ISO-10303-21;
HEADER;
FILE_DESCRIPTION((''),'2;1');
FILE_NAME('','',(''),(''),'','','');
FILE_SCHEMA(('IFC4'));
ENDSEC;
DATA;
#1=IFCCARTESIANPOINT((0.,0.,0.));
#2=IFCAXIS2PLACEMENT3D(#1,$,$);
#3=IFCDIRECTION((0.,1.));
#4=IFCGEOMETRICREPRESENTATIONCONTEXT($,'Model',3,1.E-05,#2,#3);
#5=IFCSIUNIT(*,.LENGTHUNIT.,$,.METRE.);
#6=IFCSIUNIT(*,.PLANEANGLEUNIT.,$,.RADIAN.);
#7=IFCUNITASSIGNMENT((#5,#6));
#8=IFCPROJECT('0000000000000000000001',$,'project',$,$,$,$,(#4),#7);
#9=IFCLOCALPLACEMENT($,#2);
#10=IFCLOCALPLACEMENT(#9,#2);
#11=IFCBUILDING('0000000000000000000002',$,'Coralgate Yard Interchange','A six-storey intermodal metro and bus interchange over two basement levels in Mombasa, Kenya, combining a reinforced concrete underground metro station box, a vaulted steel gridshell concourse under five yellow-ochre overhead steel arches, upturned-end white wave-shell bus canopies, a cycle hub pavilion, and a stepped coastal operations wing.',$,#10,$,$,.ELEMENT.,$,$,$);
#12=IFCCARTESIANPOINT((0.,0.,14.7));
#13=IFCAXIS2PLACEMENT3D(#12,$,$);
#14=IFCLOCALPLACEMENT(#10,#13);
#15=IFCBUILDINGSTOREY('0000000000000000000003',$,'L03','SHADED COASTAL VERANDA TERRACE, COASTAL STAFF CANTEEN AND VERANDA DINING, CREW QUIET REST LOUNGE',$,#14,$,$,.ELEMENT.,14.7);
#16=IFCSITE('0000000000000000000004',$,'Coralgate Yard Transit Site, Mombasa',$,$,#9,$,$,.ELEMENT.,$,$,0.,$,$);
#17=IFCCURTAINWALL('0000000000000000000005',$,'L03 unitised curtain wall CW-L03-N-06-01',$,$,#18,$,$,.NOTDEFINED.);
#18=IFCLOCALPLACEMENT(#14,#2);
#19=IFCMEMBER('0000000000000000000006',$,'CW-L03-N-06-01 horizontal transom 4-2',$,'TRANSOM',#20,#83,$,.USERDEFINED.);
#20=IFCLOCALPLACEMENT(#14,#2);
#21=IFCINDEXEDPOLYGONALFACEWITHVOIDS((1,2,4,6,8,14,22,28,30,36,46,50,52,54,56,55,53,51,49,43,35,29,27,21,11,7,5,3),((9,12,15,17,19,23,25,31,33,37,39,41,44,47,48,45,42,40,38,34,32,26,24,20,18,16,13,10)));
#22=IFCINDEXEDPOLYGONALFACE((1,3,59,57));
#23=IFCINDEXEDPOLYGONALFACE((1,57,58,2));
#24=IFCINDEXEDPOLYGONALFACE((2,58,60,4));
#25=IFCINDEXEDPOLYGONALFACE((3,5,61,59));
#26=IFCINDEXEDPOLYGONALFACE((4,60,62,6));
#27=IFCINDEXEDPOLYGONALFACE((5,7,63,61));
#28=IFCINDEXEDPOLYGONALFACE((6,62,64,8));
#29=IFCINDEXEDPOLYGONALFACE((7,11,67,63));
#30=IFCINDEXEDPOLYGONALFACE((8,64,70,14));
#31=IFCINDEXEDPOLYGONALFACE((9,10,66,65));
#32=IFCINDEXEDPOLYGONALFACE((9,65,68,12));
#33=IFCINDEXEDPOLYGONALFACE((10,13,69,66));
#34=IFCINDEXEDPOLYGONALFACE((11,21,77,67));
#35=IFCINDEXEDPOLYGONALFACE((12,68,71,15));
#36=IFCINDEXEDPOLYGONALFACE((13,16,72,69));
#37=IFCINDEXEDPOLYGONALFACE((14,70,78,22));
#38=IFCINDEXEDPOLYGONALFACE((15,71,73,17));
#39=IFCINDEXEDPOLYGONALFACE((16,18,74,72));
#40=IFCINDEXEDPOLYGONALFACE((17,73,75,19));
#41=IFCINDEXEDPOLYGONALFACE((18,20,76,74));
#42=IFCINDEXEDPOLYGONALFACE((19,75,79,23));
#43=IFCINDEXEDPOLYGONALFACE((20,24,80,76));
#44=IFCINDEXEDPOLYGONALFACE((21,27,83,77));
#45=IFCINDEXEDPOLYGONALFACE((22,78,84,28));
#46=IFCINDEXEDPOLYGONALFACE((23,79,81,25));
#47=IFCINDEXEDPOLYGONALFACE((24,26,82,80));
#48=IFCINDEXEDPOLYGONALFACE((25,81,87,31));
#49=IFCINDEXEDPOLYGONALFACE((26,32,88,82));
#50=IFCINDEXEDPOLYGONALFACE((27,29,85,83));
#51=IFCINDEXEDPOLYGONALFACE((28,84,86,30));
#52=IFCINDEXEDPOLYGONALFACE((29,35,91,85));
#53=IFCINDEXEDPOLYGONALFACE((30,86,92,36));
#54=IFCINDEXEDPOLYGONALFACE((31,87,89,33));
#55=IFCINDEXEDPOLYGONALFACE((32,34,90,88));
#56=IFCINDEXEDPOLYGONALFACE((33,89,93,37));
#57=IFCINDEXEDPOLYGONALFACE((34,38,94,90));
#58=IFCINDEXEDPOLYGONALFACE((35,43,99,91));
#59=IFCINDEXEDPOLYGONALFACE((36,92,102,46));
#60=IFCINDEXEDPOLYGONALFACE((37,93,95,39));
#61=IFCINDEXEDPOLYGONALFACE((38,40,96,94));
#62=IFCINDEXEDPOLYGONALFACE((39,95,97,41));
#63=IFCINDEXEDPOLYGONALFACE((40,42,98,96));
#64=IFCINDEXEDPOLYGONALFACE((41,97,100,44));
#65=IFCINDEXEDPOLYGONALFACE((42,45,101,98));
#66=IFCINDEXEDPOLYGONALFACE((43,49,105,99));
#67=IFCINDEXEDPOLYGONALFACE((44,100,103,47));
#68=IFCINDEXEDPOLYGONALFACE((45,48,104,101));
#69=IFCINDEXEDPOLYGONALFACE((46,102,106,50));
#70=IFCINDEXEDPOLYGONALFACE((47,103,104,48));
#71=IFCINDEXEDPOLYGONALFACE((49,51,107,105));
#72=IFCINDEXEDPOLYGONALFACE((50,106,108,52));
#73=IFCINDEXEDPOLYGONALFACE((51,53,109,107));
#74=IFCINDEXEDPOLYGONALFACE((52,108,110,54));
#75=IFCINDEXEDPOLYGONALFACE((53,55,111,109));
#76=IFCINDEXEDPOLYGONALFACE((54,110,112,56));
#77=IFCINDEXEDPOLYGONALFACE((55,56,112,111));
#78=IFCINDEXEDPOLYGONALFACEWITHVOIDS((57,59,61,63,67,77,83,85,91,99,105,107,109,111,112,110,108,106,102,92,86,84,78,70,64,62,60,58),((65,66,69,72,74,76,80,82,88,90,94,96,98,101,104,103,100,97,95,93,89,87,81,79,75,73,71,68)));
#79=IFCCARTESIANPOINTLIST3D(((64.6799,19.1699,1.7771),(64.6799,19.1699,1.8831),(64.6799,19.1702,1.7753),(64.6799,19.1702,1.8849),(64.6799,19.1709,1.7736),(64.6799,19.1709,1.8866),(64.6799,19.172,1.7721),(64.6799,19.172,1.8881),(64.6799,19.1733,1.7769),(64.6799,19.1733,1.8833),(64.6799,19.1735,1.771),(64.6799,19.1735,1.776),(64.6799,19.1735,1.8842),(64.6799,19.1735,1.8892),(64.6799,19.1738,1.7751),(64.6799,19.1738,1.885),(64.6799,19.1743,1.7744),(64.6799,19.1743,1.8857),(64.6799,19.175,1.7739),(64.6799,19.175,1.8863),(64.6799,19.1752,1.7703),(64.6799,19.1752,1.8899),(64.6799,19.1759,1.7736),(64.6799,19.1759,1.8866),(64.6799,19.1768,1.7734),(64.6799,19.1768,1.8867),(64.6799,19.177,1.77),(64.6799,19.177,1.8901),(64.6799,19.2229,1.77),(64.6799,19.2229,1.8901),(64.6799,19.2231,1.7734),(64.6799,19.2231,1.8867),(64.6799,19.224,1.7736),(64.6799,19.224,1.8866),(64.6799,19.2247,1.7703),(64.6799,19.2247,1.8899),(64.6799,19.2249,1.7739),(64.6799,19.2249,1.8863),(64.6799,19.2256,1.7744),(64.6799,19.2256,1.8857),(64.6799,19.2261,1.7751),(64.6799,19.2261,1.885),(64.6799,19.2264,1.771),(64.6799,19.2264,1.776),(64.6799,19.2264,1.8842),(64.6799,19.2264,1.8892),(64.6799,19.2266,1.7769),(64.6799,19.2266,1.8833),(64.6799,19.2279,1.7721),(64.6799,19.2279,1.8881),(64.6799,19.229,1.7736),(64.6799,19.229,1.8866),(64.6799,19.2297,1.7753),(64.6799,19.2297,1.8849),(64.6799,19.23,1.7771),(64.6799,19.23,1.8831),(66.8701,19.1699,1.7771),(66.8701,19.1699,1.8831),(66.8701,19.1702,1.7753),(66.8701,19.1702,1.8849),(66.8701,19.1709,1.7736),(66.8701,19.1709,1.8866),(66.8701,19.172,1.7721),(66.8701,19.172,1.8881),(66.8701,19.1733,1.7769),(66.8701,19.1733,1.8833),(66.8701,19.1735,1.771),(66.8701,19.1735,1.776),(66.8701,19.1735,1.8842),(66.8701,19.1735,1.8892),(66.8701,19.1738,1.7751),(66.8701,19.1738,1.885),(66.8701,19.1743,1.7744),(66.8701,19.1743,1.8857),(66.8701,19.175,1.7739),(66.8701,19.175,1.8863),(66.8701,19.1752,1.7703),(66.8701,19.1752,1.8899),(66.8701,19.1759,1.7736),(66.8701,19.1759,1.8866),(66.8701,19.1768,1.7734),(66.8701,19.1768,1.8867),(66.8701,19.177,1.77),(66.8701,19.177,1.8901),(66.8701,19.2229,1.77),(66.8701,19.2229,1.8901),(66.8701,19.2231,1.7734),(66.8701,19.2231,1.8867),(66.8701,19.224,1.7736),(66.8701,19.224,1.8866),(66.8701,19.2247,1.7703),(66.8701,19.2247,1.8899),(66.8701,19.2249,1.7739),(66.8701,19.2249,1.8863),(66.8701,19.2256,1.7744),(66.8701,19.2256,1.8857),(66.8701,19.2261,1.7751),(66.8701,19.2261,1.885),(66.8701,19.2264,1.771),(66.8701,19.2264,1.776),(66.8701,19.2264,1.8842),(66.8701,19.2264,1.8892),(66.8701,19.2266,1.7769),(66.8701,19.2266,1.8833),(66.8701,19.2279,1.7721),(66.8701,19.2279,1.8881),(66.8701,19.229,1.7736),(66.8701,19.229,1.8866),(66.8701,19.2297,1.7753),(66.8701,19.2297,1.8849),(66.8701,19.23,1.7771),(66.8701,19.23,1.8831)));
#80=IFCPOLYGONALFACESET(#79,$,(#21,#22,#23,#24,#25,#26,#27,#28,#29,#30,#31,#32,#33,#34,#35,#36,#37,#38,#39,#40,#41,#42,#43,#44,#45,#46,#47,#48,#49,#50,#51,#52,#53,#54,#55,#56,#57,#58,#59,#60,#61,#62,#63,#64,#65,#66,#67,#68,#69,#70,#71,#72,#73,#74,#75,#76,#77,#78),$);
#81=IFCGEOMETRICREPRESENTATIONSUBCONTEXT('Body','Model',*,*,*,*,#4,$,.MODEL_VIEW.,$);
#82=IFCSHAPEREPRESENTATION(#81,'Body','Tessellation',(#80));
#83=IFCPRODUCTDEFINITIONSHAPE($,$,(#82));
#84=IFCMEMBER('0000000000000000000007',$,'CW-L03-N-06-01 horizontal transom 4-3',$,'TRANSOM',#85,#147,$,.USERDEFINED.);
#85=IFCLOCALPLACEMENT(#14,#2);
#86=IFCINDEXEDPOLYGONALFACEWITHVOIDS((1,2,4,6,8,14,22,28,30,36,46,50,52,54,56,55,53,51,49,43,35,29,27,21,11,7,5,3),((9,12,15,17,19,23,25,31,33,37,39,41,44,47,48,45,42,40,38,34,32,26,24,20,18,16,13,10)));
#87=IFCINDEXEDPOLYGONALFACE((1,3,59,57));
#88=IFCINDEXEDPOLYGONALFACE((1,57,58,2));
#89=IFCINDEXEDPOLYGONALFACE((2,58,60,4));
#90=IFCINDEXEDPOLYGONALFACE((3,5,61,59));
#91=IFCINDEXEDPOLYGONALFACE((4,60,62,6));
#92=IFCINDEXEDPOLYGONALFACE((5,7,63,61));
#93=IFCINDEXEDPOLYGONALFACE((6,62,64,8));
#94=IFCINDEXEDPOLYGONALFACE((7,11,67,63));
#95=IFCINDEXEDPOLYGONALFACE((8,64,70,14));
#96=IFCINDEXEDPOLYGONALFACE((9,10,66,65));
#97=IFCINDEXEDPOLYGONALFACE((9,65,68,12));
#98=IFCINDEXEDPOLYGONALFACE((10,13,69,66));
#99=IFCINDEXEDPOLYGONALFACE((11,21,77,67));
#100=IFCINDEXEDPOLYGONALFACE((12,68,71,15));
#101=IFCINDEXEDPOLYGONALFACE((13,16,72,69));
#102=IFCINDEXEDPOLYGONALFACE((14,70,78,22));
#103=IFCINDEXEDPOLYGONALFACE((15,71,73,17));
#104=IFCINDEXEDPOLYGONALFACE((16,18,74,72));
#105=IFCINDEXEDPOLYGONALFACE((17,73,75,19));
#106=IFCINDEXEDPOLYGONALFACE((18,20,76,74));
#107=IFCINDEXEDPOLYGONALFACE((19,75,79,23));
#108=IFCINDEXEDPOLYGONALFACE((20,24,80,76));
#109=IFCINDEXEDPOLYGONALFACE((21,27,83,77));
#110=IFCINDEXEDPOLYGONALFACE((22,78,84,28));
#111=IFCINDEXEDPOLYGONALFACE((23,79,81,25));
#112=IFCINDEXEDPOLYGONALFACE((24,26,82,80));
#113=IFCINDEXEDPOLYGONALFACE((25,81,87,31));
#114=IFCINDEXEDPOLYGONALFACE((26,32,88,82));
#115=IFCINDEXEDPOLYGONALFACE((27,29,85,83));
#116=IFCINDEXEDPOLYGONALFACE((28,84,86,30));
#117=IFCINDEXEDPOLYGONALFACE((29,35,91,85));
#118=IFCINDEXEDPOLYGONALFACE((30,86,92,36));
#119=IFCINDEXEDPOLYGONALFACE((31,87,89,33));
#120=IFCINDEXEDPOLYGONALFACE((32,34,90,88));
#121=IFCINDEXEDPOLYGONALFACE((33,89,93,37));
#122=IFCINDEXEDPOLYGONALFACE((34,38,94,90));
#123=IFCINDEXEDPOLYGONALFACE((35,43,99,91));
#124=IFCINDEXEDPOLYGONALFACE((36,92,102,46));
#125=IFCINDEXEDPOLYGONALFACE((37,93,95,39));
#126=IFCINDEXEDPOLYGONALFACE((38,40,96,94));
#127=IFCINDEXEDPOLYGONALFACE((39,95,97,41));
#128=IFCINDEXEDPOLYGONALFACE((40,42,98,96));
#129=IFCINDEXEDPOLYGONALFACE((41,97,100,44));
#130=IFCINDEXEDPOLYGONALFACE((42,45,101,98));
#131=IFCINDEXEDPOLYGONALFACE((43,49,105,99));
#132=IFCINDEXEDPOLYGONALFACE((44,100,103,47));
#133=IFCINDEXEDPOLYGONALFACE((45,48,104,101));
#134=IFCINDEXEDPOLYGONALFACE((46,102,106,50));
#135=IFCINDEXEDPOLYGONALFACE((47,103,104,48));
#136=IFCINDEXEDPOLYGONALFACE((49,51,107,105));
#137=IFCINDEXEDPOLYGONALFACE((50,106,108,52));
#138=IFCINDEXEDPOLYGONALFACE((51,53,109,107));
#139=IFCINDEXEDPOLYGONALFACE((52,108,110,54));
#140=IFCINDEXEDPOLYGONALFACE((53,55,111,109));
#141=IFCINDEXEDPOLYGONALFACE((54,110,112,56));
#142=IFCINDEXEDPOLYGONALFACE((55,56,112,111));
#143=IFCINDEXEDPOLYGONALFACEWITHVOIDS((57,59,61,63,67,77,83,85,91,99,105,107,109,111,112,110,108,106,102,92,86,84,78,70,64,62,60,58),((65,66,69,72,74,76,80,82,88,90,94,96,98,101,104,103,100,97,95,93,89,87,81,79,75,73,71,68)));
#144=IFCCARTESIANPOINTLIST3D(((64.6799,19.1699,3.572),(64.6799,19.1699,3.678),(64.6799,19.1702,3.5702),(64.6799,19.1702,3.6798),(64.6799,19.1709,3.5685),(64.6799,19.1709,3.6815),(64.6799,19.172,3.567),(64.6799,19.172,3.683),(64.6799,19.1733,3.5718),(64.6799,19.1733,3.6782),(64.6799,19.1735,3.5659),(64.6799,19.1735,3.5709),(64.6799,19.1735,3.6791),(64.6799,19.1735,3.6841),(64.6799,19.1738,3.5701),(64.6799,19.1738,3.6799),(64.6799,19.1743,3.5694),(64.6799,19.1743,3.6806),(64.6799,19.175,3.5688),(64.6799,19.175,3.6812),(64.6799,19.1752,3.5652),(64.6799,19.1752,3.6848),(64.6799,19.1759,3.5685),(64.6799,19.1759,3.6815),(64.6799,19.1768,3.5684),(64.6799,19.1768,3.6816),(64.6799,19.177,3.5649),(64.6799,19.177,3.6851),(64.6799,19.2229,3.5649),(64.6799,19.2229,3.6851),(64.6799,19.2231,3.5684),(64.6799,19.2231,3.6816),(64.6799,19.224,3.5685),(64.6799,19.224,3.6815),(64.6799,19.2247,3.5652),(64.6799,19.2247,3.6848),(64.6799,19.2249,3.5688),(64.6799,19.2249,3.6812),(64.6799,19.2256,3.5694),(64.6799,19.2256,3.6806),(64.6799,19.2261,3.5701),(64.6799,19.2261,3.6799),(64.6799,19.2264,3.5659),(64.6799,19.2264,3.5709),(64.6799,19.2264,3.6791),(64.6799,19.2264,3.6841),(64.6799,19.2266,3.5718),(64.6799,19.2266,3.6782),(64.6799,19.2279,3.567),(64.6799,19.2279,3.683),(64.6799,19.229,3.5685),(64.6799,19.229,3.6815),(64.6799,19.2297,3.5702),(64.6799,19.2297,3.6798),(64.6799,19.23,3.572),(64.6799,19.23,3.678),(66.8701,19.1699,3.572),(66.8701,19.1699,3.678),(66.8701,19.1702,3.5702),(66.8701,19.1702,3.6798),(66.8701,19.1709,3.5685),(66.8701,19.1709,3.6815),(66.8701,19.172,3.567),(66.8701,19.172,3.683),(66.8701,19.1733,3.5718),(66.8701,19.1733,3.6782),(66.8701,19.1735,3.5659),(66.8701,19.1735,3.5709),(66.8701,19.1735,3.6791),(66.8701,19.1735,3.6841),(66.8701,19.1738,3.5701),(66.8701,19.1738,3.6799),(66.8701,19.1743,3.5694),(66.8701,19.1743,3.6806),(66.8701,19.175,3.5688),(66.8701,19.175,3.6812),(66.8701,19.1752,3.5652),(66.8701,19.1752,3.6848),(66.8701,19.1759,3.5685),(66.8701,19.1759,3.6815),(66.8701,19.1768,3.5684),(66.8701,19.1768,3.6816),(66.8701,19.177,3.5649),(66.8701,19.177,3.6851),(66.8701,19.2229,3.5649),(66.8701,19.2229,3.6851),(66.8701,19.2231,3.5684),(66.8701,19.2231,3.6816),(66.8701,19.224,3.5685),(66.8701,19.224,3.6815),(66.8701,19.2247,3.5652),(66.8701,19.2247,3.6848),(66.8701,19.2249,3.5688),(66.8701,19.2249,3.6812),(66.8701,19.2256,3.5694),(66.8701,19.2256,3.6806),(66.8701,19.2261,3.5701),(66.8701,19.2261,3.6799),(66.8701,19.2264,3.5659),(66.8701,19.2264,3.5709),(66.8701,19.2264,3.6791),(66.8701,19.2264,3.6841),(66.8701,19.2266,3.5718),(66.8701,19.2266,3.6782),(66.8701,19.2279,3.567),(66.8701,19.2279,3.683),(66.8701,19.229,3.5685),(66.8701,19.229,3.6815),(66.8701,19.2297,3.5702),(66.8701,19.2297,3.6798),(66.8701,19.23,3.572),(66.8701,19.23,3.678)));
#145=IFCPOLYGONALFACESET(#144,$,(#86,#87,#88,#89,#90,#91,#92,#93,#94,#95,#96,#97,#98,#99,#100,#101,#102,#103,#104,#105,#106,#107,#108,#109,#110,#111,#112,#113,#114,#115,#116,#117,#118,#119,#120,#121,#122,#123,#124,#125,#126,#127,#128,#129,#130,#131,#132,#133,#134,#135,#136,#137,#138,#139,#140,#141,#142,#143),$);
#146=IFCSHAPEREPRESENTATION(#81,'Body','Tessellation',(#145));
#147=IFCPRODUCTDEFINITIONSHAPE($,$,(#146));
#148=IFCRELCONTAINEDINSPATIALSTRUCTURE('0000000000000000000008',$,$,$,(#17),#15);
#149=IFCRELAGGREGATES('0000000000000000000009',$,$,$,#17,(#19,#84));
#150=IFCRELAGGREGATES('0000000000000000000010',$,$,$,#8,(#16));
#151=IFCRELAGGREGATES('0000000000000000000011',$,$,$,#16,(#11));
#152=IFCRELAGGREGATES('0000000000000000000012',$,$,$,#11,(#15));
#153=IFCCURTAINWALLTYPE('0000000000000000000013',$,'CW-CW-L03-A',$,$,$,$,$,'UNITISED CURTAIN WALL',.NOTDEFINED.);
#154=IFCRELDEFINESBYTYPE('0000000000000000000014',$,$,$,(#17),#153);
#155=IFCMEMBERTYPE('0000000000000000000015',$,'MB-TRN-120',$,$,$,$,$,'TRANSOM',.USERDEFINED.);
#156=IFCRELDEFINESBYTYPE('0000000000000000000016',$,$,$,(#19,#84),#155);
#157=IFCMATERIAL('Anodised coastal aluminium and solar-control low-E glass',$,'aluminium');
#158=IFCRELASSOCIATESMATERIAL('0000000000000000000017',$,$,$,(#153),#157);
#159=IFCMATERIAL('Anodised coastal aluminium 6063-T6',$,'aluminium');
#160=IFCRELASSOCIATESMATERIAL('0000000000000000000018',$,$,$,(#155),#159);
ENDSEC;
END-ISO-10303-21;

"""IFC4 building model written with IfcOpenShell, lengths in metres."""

from ifc_helpers import new_model, si_unit, direction, frame, origin, origin_2d, place, context, subcontext, project, spatial, hollow_rectangle, extrude, material, material_profile, profile_set, type_object, element, aggregate, save


model = new_model("IFC4")

# Units and contexts
model_context = context("Model", 3, precision=1e-05, world=origin(), true_north=direction((0.0, 1.0)))
body_context = subcontext(model_context, "Body", "Model", "MODEL_VIEW")
ifc_project = project(units=[si_unit("LENGTHUNIT", "METRE"), si_unit("PLANEANGLEUNIT", "RADIAN")], contexts=[model_context])

# Site, building, storey
site_placement = place(None, origin())
site = spatial("IfcSite", under=ifc_project, at=site_placement, Name="Coralgate Yard Transit Site, Mombasa", CompositionType="ELEMENT", RefElevation=0.0)
building_placement = place(site_placement, origin())
building = spatial("IfcBuilding", under=site, at=building_placement, Name="Coralgate Yard Interchange", Description="A six-storey intermodal metro and bus interchange over two basement levels in Mombasa, Kenya, combining a reinforced concrete underground metro station box, a vaulted steel gridshell concourse under five yellow-ochre overhead steel arches, upturned-end white wave-shell bus canopies, a cycle hub pavilion, and a stepped coastal operations wing.", CompositionType="ELEMENT")
storey_placement = place(building_placement, frame((0.0, 0.0, 14.7)))
storey = spatial("IfcBuildingStorey", under=building, at=storey_placement, Name="L03", Description="SHADED COASTAL VERANDA TERRACE, COASTAL STAFF CANTEEN AND VERANDA DINING, CREW QUIET REST LOUNGE", CompositionType="ELEMENT", Elevation=14.7)

# Curtain wall
ifc_material_1 = material(Name="Anodised coastal aluminium and solar-control low-E glass", Category="aluminium")
curtain_wall_type = type_object("IfcCurtainWallType", Name="CW-CW-L03-A", ElementType="UNITISED CURTAIN WALL", PredefinedType="NOTDEFINED", material=ifc_material_1)
curtain_wall_1_placement = place(storey_placement, origin())
curtain_wall_1 = element("IfcCurtainWall", 1, at=curtain_wall_1_placement, inside=storey, type_object=curtain_wall_type, Name="L03 unitised curtain wall CW-L03-N-06-01", PredefinedType="NOTDEFINED")
ifc_material_2 = material(Name="Anodised coastal aluminium 6063-T6", Category="aluminium")

# Members
ifc_material_profile_1 = material_profile(ifc_material_2, hollow_rectangle(XDim=0.0601, YDim=0.1201, WallThickness=0.0034, InnerFilletRadius=0.0034, OuterFilletRadius=0.0071, at=origin_2d()), Name="ALU 60x120x3.5")
ifc_profile_set_1 = profile_set([ifc_material_profile_1], Name="Anodised coastal aluminium 6063-T6")
member_type_1 = type_object("IfcMemberType", Name="MB-TRN-120", ElementType="TRANSOM", PredefinedType="USERDEFINED", material=ifc_profile_set_1)
member_1_placement = place(storey_placement, frame((64.6799, 19.2, 1.8301), z_axis=(1.0, 0.0, 0.0), x_axis=(0.0, 1.0, 0.0)))
member_1 = element("IfcMember", 2, at=member_1_placement, type_object=member_type_1, Name="CW-L03-N-06-01 horizontal transom 4-2", ObjectType="TRANSOM", PredefinedType="USERDEFINED", context=body_context, shape_type="SweptSolid", body=[
    extrude(hollow_rectangle(XDim=0.0601, YDim=0.1201, WallThickness=0.0034, InnerFilletRadius=0.0034, OuterFilletRadius=0.0071, at=origin_2d()), origin(), (0.0, 0.0, 1.0), 2.1902),
])
member_2_placement = place(storey_placement, frame((64.6799, 19.2, 3.625), z_axis=(1.0, 0.0, 0.0), x_axis=(0.0, 1.0, 0.0)))
member_2 = element("IfcMember", 3, at=member_2_placement, type_object=member_type_1, Name="CW-L03-N-06-01 horizontal transom 4-3", ObjectType="TRANSOM", PredefinedType="USERDEFINED", context=body_context, shape_type="SweptSolid", body=[
    extrude(hollow_rectangle(XDim=0.0601, YDim=0.1201, WallThickness=0.0034, InnerFilletRadius=0.0034, OuterFilletRadius=0.0071, at=origin_2d()), origin(), (0.0, 0.0, 1.0), 2.1902),
])

aggregate(curtain_wall_1, [member_1, member_2])

save(model, "model.ifc")
